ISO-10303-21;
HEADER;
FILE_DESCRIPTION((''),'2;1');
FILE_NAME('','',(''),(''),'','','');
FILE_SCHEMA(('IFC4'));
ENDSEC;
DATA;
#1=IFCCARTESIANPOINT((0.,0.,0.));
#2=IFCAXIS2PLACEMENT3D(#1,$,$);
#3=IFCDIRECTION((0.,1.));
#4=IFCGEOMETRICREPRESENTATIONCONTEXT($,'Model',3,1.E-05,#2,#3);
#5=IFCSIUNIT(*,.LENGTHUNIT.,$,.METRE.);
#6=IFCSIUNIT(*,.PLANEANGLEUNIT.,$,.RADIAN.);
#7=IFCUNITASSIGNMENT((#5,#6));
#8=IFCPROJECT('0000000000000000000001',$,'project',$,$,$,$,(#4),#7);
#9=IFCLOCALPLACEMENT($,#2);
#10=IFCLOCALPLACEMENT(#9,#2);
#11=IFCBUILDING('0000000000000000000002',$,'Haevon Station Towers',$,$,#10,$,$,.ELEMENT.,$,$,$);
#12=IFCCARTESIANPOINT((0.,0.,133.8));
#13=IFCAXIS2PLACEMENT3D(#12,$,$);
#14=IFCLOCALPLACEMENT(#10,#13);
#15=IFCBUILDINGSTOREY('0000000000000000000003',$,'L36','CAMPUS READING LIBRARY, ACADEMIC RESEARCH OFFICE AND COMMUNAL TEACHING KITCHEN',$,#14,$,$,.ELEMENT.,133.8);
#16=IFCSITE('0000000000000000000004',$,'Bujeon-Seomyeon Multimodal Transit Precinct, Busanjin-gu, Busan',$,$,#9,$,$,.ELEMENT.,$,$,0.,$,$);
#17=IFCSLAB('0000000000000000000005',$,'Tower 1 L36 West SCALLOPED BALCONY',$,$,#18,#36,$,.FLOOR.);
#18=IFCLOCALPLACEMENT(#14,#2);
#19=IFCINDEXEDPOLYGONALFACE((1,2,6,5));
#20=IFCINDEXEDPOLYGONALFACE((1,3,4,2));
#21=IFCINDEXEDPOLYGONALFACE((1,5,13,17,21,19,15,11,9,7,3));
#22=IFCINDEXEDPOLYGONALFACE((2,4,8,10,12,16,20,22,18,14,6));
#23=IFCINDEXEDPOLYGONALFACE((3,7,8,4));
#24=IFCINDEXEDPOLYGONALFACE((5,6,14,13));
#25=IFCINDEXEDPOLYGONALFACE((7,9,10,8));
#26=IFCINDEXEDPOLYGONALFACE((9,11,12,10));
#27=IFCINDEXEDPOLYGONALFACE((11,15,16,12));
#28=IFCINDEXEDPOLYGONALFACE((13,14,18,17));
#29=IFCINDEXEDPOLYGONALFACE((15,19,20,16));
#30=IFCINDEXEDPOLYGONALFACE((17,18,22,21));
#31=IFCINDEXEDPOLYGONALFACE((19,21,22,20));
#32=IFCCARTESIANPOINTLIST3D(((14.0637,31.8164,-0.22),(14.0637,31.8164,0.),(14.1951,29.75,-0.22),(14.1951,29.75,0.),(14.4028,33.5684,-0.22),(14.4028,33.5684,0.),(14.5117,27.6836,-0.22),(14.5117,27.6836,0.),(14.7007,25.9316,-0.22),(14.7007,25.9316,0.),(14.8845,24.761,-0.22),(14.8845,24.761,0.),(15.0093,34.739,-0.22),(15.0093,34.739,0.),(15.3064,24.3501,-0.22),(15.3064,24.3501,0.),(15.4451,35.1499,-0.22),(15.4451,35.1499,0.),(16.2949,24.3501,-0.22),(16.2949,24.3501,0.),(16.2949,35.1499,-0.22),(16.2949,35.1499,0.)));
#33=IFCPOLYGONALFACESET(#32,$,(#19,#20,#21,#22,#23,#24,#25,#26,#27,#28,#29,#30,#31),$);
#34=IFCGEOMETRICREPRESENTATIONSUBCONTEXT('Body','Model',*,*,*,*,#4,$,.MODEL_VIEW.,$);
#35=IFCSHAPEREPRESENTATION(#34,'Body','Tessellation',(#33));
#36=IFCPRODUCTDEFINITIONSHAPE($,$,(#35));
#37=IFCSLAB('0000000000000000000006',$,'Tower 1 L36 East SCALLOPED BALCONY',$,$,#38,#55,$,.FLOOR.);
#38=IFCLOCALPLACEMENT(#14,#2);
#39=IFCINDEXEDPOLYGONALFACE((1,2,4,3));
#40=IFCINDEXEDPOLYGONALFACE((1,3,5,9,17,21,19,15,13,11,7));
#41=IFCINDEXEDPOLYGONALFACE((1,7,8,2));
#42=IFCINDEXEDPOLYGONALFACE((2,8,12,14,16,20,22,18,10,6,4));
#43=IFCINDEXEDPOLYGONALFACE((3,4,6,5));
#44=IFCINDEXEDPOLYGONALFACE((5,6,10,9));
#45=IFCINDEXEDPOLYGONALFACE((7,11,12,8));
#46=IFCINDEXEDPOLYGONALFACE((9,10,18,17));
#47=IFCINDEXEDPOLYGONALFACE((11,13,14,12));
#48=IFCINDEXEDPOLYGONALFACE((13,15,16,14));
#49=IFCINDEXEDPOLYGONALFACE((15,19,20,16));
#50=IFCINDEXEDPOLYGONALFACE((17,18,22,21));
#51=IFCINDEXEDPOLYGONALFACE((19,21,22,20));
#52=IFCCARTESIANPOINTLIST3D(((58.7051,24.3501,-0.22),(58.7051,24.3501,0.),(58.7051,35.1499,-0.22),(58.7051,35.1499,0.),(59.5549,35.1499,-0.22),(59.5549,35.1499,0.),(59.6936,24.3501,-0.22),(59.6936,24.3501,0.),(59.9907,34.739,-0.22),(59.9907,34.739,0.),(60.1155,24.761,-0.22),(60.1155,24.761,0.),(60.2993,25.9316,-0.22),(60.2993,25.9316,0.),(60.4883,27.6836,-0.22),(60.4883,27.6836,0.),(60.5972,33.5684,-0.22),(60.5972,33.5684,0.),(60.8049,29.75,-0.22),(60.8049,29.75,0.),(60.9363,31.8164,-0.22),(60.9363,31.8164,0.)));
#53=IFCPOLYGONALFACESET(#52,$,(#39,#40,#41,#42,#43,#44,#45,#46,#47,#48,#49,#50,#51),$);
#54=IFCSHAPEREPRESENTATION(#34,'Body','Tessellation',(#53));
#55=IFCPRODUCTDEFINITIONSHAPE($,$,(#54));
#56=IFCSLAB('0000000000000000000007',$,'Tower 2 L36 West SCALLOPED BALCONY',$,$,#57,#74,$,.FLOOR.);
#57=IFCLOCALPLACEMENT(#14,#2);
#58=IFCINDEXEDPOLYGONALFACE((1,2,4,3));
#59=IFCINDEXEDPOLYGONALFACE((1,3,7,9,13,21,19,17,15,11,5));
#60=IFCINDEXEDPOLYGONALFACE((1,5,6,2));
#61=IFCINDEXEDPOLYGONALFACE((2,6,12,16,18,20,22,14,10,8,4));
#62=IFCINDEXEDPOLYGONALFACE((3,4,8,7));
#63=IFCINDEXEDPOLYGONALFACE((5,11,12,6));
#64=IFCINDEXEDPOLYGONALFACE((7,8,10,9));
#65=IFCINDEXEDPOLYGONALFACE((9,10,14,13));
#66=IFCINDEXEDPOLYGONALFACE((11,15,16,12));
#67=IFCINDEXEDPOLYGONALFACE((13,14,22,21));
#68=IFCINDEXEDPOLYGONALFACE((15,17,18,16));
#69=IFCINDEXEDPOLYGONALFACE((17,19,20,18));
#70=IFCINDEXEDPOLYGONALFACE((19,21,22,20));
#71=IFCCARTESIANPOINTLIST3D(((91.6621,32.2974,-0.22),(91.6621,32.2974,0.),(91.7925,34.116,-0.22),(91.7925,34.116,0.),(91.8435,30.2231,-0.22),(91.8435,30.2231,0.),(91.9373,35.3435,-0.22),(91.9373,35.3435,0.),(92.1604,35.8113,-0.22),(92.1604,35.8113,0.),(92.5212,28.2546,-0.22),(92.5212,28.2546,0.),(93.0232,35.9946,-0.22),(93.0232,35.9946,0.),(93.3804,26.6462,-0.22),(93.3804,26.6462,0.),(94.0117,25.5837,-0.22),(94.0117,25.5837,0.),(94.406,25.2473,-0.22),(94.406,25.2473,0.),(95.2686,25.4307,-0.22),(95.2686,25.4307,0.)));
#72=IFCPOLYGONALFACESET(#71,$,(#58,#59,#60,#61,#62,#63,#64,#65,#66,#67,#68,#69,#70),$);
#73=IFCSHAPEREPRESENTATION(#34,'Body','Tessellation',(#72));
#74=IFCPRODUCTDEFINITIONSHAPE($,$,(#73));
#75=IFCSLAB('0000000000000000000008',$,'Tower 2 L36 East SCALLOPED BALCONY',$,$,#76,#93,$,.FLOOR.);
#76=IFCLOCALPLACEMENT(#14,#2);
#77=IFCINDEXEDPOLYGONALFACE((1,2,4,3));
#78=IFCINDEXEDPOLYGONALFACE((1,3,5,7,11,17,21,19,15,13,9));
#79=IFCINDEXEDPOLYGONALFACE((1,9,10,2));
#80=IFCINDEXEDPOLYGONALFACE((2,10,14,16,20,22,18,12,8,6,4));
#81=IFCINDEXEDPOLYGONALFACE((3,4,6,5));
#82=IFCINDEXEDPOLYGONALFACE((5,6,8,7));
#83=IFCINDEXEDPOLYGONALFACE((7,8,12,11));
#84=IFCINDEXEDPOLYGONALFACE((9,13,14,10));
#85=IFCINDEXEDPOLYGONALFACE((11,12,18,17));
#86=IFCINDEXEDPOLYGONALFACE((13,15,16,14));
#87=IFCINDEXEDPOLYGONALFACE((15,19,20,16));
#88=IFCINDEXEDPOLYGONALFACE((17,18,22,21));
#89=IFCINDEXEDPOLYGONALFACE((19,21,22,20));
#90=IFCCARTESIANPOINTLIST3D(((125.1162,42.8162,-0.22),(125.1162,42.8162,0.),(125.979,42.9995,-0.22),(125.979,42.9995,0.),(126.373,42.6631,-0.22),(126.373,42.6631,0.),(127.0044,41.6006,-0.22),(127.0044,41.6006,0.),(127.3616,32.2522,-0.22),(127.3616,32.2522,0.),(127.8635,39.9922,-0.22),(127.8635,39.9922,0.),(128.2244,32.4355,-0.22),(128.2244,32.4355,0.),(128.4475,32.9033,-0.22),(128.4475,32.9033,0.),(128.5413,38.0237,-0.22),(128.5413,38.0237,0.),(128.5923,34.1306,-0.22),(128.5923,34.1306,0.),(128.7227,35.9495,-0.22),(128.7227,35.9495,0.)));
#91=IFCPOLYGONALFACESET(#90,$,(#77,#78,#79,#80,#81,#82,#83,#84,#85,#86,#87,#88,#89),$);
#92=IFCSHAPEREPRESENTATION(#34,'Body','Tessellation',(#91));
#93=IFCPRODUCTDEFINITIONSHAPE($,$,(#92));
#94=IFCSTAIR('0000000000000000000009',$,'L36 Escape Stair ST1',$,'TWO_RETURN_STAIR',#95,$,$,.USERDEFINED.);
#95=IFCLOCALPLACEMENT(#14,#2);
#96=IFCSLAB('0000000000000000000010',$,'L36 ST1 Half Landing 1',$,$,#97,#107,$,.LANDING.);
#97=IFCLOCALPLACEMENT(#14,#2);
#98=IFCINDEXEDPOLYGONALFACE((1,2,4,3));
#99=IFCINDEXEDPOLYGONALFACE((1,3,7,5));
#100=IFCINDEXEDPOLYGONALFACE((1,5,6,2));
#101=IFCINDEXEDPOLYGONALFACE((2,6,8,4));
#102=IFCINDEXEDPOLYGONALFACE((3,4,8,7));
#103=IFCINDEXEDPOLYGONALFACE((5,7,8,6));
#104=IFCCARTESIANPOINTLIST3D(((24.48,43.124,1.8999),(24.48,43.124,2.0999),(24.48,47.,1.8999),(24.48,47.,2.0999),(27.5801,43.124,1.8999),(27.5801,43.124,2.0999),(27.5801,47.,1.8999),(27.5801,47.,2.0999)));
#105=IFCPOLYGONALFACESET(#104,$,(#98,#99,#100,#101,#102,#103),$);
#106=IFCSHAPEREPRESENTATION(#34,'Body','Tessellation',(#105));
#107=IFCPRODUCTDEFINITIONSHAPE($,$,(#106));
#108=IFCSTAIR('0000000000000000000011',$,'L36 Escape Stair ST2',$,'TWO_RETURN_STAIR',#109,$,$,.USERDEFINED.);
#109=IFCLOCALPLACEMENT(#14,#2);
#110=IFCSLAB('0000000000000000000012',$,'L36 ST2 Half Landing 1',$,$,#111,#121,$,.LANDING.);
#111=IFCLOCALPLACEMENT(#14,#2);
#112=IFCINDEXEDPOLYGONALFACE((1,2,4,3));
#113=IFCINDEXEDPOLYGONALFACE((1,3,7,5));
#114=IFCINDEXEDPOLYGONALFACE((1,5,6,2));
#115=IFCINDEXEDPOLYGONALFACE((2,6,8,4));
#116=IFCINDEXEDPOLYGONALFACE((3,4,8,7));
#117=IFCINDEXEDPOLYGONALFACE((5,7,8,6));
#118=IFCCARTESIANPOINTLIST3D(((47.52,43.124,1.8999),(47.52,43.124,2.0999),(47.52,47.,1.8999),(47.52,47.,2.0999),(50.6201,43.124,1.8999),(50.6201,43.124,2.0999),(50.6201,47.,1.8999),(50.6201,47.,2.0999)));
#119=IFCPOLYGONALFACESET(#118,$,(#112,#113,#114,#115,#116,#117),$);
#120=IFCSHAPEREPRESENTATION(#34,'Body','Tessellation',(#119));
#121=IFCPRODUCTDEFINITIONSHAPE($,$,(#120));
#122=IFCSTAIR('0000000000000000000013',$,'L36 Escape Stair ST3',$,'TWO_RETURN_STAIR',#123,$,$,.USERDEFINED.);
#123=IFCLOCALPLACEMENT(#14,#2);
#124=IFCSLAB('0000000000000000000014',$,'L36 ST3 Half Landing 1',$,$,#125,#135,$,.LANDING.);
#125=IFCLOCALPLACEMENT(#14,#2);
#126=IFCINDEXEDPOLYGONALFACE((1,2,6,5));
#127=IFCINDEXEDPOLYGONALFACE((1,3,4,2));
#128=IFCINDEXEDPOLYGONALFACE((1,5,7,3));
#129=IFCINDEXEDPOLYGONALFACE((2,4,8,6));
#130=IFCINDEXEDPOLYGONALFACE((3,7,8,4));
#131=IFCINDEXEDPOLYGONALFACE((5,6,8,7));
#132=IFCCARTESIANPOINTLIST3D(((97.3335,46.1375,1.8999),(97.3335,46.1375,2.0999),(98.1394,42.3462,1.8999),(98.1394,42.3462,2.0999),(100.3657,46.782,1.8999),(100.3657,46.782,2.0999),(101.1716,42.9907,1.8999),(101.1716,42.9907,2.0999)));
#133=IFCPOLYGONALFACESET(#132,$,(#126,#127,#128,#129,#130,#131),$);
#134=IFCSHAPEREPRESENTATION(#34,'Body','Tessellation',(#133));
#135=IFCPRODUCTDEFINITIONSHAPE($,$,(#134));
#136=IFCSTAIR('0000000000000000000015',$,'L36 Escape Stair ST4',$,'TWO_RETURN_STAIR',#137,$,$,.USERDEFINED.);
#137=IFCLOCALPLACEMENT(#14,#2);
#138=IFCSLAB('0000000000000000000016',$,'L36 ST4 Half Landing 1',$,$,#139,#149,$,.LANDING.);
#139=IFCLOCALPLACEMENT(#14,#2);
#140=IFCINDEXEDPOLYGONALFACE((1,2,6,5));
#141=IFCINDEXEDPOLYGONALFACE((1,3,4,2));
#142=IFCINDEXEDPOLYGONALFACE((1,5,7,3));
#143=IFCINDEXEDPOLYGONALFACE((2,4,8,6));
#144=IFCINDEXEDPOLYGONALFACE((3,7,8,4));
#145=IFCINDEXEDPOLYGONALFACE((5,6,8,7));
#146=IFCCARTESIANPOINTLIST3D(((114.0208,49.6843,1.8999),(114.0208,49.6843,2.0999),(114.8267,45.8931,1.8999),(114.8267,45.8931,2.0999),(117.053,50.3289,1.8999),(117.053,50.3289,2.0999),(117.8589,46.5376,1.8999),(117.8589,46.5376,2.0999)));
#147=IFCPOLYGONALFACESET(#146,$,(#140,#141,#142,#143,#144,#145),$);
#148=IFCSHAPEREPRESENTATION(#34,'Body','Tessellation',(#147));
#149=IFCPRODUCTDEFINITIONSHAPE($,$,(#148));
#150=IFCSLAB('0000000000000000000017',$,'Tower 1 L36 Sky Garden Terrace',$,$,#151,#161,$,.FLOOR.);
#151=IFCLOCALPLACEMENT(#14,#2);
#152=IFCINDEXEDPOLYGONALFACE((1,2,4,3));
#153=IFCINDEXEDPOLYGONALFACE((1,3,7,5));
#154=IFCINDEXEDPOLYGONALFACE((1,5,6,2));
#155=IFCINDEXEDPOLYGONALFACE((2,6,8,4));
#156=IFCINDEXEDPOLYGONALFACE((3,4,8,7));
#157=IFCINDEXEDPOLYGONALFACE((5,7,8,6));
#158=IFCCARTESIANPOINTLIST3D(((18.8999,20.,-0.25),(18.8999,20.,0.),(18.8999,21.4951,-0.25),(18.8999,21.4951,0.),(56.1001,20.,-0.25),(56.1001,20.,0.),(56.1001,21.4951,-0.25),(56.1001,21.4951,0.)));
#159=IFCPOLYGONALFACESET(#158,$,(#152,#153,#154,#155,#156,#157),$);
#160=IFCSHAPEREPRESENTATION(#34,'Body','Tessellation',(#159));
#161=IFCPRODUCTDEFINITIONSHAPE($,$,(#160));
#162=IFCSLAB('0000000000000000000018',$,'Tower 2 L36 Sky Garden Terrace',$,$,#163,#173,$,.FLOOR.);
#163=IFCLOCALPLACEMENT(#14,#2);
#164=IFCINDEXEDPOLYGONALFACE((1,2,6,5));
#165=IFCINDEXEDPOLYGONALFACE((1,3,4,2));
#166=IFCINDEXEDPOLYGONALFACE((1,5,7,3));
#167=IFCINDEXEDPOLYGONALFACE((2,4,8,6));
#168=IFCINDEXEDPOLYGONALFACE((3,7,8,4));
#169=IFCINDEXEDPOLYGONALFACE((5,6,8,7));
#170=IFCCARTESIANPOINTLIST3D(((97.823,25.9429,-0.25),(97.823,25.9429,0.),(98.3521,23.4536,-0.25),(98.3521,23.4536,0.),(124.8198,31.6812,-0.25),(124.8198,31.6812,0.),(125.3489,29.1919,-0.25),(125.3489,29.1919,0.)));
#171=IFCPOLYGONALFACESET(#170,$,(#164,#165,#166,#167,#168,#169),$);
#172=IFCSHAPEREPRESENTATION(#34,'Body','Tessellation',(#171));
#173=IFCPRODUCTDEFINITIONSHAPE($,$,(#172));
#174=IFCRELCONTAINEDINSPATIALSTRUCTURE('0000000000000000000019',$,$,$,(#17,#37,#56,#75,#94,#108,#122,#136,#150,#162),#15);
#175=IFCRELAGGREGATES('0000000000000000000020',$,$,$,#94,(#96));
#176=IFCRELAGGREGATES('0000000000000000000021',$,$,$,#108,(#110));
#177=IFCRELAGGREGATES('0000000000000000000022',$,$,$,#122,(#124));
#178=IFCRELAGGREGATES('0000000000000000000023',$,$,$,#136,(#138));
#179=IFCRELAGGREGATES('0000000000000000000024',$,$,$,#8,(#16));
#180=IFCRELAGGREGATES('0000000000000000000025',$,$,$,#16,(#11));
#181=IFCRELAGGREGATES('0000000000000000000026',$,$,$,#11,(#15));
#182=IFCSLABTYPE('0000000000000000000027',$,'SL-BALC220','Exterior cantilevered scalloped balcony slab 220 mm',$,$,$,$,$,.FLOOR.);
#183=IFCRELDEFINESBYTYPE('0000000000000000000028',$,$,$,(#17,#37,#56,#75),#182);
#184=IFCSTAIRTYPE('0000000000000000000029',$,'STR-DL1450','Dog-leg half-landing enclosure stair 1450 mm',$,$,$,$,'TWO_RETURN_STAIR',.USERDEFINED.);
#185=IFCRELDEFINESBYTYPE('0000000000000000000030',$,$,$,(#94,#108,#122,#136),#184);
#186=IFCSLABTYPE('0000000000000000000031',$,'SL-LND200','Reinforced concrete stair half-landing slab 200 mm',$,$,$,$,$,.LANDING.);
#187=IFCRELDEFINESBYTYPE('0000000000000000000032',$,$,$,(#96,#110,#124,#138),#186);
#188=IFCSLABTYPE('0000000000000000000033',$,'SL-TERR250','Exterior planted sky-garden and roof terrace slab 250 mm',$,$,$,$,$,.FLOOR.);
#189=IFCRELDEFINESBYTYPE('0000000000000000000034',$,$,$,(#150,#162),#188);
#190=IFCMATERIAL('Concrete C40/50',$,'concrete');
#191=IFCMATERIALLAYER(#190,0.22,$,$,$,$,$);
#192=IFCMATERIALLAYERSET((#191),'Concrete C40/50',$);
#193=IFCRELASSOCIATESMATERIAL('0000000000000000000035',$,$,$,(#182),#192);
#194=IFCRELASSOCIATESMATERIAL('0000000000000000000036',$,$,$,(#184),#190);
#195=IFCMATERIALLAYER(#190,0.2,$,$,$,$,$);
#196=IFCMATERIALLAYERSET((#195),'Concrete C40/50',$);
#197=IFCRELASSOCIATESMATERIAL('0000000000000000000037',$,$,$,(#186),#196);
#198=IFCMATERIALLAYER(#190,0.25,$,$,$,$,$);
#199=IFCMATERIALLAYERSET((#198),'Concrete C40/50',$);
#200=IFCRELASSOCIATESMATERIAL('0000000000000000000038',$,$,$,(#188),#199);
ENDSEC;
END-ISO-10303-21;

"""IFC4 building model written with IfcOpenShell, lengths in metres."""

from ifc_helpers import new_model, si_unit, direction, frame, origin, place, context, subcontext, project, spatial, polyline, outline, extrude, material, layer, layer_set, type_object, element, aggregate, save


model = new_model("IFC4")

# Units and contexts
model_context = context("Model", 3, precision=1e-05, world=origin(), true_north=direction((0.0, 1.0)))
body_context = subcontext(model_context, "Body", "Model", "MODEL_VIEW")
ifc_project = project(units=[si_unit("LENGTHUNIT", "METRE"), si_unit("PLANEANGLEUNIT", "RADIAN")], contexts=[model_context])

# Site, building, storey
site_placement = place(None, origin())
site = spatial("IfcSite", under=ifc_project, at=site_placement, Name="Bujeon-Seomyeon Multimodal Transit Precinct, Busanjin-gu, Busan", CompositionType="ELEMENT", RefElevation=0.0)
building_placement = place(site_placement, origin())
building = spatial("IfcBuilding", under=site, at=building_placement, Name="Haevon Station Towers", CompositionType="ELEMENT")
storey_placement = place(building_placement, frame((0.0, 0.0, 133.8)))
storey = spatial("IfcBuildingStorey", under=building, at=storey_placement, Name="L36", Description="CAMPUS READING LIBRARY, ACADEMIC RESEARCH OFFICE AND COMMUNAL TEACHING KITCHEN", CompositionType="ELEMENT", Elevation=133.8)

# Slabs
ifc_material_1 = material(Name="Concrete C40/50", Category="concrete")
ifc_layer_1 = layer(ifc_material_1, 0.22)
ifc_layer_set_1 = layer_set([ifc_layer_1], Name="Concrete C40/50")
slab_type_1 = type_object("IfcSlabType", Name="SL-BALC220", Description="Exterior cantilevered scalloped balcony slab 220 mm", PredefinedType="FLOOR", material=ifc_layer_set_1)
slab_1_placement = place(storey_placement, frame((0.0, 0.0, -0.22)))
element("IfcSlab", 1, at=slab_1_placement, inside=storey, type_object=slab_type_1, Name="Tower 1 L36 West SCALLOPED BALCONY", PredefinedType="FLOOR", context=body_context, shape_type="SweptSolid", body=[
    extrude(outline(polyline([(16.2949, 35.1499), (15.4451, 35.1499), (15.0093, 34.739), (14.4028, 33.5684), (14.0637, 31.8164), (14.1951, 29.75), (14.5117, 27.6836), (14.7007, 25.9316), (14.8845, 24.761), (15.3064, 24.3501), (16.2949, 24.3501), (16.2949, 35.1499)])), origin(), (0.0, 0.0, 1.0), 0.22),
])
slab_2_placement = place(storey_placement, frame((0.0, 0.0, -0.22)))
element("IfcSlab", 2, at=slab_2_placement, inside=storey, type_object=slab_type_1, Name="Tower 1 L36 East SCALLOPED BALCONY", PredefinedType="FLOOR", context=body_context, shape_type="SweptSolid", body=[
    extrude(outline(polyline([(58.7051, 24.3501), (59.6936, 24.3501), (60.1155, 24.761), (60.2993, 25.9316), (60.4883, 27.6836), (60.8049, 29.75), (60.9363, 31.8164), (60.5972, 33.5684), (59.9907, 34.739), (59.5549, 35.1499), (58.7051, 35.1499), (58.7051, 24.3501)])), origin(), (0.0, 0.0, 1.0), 0.22),
])
slab_3_placement = place(storey_placement, frame((0.0, 0.0, -0.22)))
element("IfcSlab", 3, at=slab_3_placement, inside=storey, type_object=slab_type_1, Name="Tower 2 L36 West SCALLOPED BALCONY", PredefinedType="FLOOR", context=body_context, shape_type="SweptSolid", body=[
    extrude(outline(polyline([(93.0232, 35.9946), (92.1604, 35.8113), (91.9373, 35.3435), (91.7925, 34.116), (91.6621, 32.2974), (91.8435, 30.2231), (92.5212, 28.2546), (93.3804, 26.6462), (94.0117, 25.5837), (94.406, 25.2473), (95.2686, 25.4307), (93.0232, 35.9946)])), origin(), (0.0, 0.0, 1.0), 0.22),
])
slab_4_placement = place(storey_placement, frame((0.0, 0.0, -0.22)))
element("IfcSlab", 4, at=slab_4_placement, inside=storey, type_object=slab_type_1, Name="Tower 2 L36 East SCALLOPED BALCONY", PredefinedType="FLOOR", context=body_context, shape_type="SweptSolid", body=[
    extrude(outline(polyline([(127.3616, 32.2522), (128.2244, 32.4355), (128.4475, 32.9033), (128.5923, 34.1306), (128.7227, 35.9495), (128.5413, 38.0237), (127.8635, 39.9922), (127.0044, 41.6006), (126.373, 42.6631), (125.979, 42.9995), (125.1162, 42.8162), (127.3616, 32.2522)])), origin(), (0.0, 0.0, 1.0), 0.22),
])

# Stairs, slabs
stair_type = type_object("IfcStairType", Name="STR-DL1450", Description="Dog-leg half-landing enclosure stair 1450 mm", ElementType="TWO_RETURN_STAIR", PredefinedType="USERDEFINED", material=ifc_material_1)
stair_1_placement = place(storey_placement, origin())
stair_1 = element("IfcStair", 5, at=stair_1_placement, inside=storey, type_object=stair_type, Name="L36 Escape Stair ST1", ObjectType="TWO_RETURN_STAIR", PredefinedType="USERDEFINED")
ifc_layer_2 = layer(ifc_material_1, 0.2)
ifc_layer_set_2 = layer_set([ifc_layer_2], Name="Concrete C40/50")
slab_type_2 = type_object("IfcSlabType", Name="SL-LND200", Description="Reinforced concrete stair half-landing slab 200 mm", PredefinedType="LANDING", material=ifc_layer_set_2)
slab_5_placement = place(storey_placement, frame((0.0, 0.0, 1.8999)))
slab_5 = element("IfcSlab", 6, at=slab_5_placement, type_object=slab_type_2, Name="L36 ST1 Half Landing 1", PredefinedType="LANDING", context=body_context, shape_type="SweptSolid", body=[
    extrude(outline(polyline([(27.5801, 43.124), (27.5801, 47.0), (24.48, 47.0), (24.48, 43.124), (27.5801, 43.124)])), origin(), (0.0, 0.0, 1.0), 0.2),
])
aggregate(stair_1, [slab_5])
stair_2_placement = place(storey_placement, origin())
stair_2 = element("IfcStair", 7, at=stair_2_placement, inside=storey, type_object=stair_type, Name="L36 Escape Stair ST2", ObjectType="TWO_RETURN_STAIR", PredefinedType="USERDEFINED")
slab_6_placement = place(storey_placement, frame((0.0, 0.0, 1.8999)))
slab_6 = element("IfcSlab", 8, at=slab_6_placement, type_object=slab_type_2, Name="L36 ST2 Half Landing 1", PredefinedType="LANDING", context=body_context, shape_type="SweptSolid", body=[
    extrude(outline(polyline([(50.6201, 43.124), (50.6201, 47.0), (47.52, 47.0), (47.52, 43.124), (50.6201, 43.124)])), origin(), (0.0, 0.0, 1.0), 0.2),
])
aggregate(stair_2, [slab_6])
stair_3_placement = place(storey_placement, origin())
stair_3 = element("IfcStair", 9, at=stair_3_placement, inside=storey, type_object=stair_type, Name="L36 Escape Stair ST3", ObjectType="TWO_RETURN_STAIR", PredefinedType="USERDEFINED")
slab_7_placement = place(storey_placement, frame((0.0, 0.0, 1.8999)))
slab_7 = element("IfcSlab", 10, at=slab_7_placement, type_object=slab_type_2, Name="L36 ST3 Half Landing 1", PredefinedType="LANDING", context=body_context, shape_type="SweptSolid", body=[
    extrude(outline(polyline([(101.1716, 42.9907), (100.3657, 46.782), (97.3335, 46.1375), (98.1394, 42.3462), (101.1716, 42.9907)])), origin(), (0.0, 0.0, 1.0), 0.2),
])
aggregate(stair_3, [slab_7])
stair_4_placement = place(storey_placement, origin())
stair_4 = element("IfcStair", 11, at=stair_4_placement, inside=storey, type_object=stair_type, Name="L36 Escape Stair ST4", ObjectType="TWO_RETURN_STAIR", PredefinedType="USERDEFINED")
slab_8_placement = place(storey_placement, frame((0.0, 0.0, 1.8999)))
slab_8 = element("IfcSlab", 12, at=slab_8_placement, type_object=slab_type_2, Name="L36 ST4 Half Landing 1", PredefinedType="LANDING", context=body_context, shape_type="SweptSolid", body=[
    extrude(outline(polyline([(117.8589, 46.5376), (117.053, 50.3289), (114.0208, 49.6843), (114.8267, 45.8931), (117.8589, 46.5376)])), origin(), (0.0, 0.0, 1.0), 0.2),
])
aggregate(stair_4, [slab_8])

# Slabs
ifc_layer_3 = layer(ifc_material_1, 0.25)
ifc_layer_set_3 = layer_set([ifc_layer_3], Name="Concrete C40/50")
slab_type_3 = type_object("IfcSlabType", Name="SL-TERR250", Description="Exterior planted sky-garden and roof terrace slab 250 mm", PredefinedType="FLOOR", material=ifc_layer_set_3)
slab_9_placement = place(storey_placement, frame((0.0, 0.0, -0.25)))
element("IfcSlab", 13, at=slab_9_placement, inside=storey, type_object=slab_type_3, Name="Tower 1 L36 Sky Garden Terrace", PredefinedType="FLOOR", context=body_context, shape_type="SweptSolid", body=[
    extrude(outline(polyline([(18.8999, 20.0), (56.1001, 20.0), (56.1001, 21.4951), (18.8999, 21.4951), (18.8999, 20.0)])), origin(), (0.0, 0.0, 1.0), 0.25),
])
slab_10_placement = place(storey_placement, frame((0.0, 0.0, -0.25)))
element("IfcSlab", 14, at=slab_10_placement, inside=storey, type_object=slab_type_3, Name="Tower 2 L36 Sky Garden Terrace", PredefinedType="FLOOR", context=body_context, shape_type="SweptSolid", body=[
    extrude(outline(polyline([(98.3521, 23.4536), (125.3489, 29.1919), (124.8198, 31.6812), (97.823, 25.9429), (98.3521, 23.4536)])), origin(), (0.0, 0.0, 1.0), 0.25),
])

save(model, "model.ifc")
